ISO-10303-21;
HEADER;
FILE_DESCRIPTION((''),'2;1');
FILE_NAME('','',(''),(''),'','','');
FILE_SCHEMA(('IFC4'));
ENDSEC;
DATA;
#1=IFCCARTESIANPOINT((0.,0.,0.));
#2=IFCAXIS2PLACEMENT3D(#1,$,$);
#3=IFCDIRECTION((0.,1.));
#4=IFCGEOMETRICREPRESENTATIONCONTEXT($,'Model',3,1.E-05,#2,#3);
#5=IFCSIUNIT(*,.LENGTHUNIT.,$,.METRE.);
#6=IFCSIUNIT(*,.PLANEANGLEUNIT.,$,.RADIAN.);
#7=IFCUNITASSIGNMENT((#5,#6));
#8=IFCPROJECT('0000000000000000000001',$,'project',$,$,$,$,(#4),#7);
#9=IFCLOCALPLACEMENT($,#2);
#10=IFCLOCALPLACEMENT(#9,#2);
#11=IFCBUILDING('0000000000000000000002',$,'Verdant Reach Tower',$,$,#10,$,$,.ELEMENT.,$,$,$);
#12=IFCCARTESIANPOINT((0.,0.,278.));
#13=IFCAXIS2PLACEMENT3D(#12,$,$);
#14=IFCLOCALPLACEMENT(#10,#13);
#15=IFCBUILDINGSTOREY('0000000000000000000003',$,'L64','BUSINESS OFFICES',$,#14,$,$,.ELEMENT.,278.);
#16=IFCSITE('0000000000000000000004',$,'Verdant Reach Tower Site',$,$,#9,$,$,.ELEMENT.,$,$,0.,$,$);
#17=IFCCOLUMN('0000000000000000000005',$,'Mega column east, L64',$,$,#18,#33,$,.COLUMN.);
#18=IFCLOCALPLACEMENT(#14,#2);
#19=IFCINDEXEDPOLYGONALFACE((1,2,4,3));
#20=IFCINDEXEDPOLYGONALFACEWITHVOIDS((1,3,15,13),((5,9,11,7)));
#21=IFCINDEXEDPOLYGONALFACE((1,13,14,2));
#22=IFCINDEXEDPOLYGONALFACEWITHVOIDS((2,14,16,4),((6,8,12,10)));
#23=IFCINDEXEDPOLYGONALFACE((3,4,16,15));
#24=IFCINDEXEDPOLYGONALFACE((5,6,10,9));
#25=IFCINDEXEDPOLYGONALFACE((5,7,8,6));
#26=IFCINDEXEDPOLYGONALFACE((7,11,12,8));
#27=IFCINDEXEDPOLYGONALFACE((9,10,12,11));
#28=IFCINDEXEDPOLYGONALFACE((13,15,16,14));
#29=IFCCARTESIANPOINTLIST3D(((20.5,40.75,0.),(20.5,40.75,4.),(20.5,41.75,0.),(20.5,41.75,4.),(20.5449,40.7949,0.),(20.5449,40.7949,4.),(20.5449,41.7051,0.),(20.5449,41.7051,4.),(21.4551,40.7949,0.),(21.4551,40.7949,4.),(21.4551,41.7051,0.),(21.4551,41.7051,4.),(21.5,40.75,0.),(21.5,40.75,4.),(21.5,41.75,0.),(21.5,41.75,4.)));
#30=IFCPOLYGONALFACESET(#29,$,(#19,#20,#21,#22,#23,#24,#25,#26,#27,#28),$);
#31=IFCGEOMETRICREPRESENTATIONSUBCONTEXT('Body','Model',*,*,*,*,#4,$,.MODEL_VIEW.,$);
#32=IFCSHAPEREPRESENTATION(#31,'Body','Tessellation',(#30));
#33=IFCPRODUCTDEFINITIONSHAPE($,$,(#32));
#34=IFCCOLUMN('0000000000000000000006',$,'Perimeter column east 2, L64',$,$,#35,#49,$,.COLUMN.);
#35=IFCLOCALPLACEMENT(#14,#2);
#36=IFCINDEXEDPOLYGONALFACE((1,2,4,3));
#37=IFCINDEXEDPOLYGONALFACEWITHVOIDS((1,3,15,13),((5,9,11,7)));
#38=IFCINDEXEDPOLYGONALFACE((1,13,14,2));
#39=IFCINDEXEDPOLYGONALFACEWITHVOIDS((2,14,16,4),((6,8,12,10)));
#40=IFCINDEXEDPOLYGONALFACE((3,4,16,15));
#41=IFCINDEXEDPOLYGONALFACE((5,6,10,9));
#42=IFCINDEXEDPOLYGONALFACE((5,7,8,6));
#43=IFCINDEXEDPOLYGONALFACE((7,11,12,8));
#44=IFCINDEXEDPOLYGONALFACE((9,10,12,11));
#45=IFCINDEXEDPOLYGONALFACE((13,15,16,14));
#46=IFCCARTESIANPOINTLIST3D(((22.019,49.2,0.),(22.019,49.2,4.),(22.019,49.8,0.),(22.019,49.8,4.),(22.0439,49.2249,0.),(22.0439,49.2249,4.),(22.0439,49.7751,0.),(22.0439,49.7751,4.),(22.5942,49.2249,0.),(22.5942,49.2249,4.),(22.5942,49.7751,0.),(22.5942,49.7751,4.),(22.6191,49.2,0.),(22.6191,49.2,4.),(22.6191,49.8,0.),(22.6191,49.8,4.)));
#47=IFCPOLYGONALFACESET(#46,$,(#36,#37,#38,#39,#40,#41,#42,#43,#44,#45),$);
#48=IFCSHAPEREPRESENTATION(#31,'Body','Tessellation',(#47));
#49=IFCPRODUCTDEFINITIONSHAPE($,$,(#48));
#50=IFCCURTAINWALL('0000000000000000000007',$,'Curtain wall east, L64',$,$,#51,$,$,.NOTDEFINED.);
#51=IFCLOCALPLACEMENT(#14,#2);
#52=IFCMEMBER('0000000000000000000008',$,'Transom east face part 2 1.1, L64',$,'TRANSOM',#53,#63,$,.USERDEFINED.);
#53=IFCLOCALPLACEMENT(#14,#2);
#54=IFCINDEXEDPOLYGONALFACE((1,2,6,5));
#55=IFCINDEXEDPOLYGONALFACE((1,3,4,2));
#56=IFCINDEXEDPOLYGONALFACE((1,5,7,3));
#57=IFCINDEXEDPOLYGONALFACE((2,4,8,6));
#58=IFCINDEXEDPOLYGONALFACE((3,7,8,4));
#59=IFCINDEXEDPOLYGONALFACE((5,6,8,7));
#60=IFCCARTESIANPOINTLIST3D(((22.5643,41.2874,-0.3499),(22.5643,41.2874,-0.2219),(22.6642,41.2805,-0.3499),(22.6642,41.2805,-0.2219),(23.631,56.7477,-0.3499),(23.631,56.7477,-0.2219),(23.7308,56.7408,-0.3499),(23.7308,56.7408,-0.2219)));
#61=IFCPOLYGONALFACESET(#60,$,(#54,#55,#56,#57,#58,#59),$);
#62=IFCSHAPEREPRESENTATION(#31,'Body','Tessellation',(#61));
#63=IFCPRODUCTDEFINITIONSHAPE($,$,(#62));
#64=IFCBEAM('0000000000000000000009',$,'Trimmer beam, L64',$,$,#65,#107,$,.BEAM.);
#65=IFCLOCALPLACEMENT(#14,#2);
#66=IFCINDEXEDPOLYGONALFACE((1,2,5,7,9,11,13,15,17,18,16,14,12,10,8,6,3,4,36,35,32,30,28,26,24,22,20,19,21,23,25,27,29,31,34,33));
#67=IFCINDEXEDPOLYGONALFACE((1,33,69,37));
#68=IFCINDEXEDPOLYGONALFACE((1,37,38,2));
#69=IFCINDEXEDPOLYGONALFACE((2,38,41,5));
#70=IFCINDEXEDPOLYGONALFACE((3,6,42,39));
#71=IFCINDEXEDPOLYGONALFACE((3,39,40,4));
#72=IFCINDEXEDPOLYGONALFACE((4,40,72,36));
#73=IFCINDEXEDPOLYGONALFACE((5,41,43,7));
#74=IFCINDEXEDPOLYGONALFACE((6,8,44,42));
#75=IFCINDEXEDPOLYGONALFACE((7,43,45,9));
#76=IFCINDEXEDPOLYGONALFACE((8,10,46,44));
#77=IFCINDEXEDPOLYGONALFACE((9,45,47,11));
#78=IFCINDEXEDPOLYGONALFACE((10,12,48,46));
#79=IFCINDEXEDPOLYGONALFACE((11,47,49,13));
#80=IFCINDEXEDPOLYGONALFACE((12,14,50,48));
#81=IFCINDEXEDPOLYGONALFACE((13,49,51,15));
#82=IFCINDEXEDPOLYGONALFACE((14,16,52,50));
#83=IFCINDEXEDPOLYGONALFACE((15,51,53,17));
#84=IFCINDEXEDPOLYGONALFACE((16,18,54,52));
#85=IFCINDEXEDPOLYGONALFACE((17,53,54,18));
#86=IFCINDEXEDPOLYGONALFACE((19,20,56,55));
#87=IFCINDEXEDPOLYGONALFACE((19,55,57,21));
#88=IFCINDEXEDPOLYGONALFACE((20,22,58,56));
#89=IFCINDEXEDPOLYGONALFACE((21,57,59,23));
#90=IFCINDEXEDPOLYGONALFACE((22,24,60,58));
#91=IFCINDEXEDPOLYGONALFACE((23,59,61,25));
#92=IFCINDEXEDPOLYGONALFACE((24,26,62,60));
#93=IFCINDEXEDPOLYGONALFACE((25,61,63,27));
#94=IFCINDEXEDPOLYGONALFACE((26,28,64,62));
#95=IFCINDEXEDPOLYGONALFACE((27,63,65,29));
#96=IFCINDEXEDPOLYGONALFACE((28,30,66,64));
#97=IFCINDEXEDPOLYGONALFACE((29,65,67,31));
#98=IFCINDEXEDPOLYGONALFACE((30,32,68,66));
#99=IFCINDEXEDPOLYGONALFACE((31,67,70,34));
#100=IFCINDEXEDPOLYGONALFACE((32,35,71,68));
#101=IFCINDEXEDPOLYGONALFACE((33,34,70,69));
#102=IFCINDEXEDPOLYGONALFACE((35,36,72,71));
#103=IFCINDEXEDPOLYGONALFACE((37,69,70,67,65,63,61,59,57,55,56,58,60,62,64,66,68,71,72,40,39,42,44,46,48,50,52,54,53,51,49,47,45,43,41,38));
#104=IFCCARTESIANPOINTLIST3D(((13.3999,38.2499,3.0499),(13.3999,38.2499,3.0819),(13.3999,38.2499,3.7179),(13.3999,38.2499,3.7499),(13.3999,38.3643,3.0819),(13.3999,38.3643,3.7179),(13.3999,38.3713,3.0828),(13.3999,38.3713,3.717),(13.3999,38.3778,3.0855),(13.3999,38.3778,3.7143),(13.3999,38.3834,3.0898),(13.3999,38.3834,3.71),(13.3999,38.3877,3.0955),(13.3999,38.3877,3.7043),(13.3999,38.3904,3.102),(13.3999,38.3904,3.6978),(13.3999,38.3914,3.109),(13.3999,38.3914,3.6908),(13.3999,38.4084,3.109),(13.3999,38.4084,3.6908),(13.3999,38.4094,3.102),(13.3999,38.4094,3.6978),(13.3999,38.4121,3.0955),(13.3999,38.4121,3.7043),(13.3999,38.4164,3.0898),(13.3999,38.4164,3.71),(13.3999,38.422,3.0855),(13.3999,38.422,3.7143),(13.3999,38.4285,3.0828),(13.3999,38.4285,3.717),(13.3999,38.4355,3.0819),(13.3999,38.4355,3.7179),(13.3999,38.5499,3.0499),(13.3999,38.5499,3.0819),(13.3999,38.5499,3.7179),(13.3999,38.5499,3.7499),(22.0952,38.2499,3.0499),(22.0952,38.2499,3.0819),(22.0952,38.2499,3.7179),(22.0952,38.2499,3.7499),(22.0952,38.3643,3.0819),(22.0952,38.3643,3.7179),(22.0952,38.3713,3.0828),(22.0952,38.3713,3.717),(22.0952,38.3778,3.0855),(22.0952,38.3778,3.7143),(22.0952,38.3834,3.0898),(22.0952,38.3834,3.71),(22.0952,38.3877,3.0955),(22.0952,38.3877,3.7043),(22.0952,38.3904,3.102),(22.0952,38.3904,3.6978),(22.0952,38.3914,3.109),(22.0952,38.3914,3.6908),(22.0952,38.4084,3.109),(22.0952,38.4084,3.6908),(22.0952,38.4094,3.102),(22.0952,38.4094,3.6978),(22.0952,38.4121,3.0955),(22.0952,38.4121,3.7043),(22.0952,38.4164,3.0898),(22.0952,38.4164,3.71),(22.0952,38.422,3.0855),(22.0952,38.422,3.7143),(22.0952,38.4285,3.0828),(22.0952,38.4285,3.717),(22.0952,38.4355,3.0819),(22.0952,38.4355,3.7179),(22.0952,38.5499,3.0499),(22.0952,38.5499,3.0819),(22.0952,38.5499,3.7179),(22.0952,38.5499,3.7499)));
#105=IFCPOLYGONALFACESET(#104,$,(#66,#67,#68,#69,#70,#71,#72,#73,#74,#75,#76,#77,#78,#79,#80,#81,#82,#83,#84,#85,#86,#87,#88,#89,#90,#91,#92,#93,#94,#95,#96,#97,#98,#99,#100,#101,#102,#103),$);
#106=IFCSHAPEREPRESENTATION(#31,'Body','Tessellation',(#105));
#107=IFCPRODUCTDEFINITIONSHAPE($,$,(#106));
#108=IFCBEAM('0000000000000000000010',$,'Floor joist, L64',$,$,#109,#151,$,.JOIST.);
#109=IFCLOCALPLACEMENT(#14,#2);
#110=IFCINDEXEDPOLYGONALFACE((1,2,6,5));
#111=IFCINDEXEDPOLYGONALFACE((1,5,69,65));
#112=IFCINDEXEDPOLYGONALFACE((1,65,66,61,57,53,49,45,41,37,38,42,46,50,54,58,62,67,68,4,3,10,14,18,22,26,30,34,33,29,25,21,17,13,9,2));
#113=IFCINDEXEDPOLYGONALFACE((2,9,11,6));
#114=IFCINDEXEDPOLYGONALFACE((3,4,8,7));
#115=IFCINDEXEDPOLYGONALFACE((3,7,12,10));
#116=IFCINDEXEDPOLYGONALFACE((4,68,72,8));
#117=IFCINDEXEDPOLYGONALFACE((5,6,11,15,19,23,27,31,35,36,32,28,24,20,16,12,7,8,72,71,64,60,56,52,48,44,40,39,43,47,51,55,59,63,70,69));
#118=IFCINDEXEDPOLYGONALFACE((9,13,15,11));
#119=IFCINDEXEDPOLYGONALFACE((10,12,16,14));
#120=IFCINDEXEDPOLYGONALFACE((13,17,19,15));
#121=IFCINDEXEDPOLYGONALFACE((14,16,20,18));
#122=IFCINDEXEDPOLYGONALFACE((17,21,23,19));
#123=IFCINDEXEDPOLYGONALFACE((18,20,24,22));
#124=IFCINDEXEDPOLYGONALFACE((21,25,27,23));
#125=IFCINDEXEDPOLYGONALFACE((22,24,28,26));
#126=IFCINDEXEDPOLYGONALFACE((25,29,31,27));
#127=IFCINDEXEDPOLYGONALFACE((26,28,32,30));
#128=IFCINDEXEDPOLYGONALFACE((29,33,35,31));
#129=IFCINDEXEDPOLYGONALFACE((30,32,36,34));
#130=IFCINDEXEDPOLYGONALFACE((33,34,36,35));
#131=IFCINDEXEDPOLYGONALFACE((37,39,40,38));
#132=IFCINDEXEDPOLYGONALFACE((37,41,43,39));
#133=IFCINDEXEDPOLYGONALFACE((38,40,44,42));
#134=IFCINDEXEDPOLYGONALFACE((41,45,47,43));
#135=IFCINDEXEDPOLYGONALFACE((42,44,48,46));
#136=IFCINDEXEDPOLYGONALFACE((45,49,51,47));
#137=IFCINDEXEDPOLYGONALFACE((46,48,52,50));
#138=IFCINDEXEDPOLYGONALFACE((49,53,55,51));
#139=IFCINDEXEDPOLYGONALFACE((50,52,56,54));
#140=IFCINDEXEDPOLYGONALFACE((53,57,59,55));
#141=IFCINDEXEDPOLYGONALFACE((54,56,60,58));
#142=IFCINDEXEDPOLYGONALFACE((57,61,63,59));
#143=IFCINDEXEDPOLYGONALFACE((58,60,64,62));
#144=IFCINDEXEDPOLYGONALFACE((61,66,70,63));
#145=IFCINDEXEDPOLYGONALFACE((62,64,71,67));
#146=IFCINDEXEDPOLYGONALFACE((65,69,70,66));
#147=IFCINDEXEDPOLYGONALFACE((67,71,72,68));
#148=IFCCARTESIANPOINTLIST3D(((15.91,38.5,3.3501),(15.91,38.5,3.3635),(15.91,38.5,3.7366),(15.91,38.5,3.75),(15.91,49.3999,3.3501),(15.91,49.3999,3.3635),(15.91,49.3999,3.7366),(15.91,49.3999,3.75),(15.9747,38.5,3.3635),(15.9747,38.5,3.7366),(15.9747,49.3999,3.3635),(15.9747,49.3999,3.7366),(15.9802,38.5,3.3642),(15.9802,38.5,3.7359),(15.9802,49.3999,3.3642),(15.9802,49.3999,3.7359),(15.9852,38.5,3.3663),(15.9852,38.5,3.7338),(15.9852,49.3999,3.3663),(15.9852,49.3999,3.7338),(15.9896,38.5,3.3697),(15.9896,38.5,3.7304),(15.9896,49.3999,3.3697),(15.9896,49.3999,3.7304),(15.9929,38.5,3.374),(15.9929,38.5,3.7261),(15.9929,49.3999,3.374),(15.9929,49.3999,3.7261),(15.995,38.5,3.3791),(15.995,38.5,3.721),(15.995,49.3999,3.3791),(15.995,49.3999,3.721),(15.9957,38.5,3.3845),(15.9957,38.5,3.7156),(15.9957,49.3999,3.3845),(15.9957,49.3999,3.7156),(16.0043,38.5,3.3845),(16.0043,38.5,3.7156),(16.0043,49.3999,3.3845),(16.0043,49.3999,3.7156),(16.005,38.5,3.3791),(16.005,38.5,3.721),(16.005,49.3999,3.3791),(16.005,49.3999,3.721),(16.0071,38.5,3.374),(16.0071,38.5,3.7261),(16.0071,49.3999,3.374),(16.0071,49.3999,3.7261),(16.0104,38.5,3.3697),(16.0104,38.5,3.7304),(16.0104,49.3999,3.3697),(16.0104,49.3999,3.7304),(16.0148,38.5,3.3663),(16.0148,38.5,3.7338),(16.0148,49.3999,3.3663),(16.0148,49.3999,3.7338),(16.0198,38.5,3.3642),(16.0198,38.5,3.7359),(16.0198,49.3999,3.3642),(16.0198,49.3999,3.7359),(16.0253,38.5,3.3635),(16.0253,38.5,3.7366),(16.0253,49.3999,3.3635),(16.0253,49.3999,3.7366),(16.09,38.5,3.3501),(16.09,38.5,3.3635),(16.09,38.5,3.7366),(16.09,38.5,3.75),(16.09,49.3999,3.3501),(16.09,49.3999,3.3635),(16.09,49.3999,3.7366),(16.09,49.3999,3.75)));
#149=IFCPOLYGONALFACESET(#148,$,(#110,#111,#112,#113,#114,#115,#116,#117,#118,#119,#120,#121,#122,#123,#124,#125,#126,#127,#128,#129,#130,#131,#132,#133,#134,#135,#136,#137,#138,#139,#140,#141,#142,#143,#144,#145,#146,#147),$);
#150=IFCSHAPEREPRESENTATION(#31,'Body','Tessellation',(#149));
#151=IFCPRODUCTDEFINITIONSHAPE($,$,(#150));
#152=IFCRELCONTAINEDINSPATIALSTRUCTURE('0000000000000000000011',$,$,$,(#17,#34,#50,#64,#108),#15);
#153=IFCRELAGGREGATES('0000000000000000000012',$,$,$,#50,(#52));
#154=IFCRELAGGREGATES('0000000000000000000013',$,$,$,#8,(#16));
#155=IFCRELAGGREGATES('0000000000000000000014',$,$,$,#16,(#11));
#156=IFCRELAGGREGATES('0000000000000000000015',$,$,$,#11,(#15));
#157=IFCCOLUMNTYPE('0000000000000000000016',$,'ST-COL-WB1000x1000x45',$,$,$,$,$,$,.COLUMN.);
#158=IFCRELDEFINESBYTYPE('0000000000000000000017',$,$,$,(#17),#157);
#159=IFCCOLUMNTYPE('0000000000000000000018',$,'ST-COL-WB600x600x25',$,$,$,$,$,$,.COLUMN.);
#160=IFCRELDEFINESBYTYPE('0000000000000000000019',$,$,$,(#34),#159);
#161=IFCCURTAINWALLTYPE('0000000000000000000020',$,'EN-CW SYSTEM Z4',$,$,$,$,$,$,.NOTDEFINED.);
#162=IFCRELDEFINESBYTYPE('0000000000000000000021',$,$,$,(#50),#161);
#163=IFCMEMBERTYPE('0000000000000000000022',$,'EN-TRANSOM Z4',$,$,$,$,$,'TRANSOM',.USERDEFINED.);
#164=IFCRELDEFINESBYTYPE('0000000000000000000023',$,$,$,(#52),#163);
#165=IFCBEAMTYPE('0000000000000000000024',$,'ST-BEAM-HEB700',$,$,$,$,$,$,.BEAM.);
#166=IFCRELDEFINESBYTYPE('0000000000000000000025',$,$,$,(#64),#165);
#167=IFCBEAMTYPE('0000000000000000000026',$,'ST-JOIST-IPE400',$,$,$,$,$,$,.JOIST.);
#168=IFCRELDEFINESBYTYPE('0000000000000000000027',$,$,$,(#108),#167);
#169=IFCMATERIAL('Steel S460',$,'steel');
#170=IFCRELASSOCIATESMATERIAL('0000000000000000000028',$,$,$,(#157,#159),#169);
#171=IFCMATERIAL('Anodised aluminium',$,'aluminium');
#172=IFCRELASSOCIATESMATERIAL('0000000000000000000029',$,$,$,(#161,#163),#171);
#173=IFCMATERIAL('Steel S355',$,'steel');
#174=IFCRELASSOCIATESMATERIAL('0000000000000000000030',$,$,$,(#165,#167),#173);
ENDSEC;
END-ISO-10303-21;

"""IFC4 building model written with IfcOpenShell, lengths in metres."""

from ifc_helpers import new_model, si_unit, direction, frame, origin, origin_2d, place, context, subcontext, project, spatial, rectangle, hollow_rectangle, i_section, extrude, material, material_profile, profile_set, type_object, element, aggregate, save


model = new_model("IFC4")

# Units and contexts
model_context = context("Model", 3, precision=1e-05, world=origin(), true_north=direction((0.0, 1.0)))
body_context = subcontext(model_context, "Body", "Model", "MODEL_VIEW")
ifc_project = project(units=[si_unit("LENGTHUNIT", "METRE"), si_unit("PLANEANGLEUNIT", "RADIAN")], contexts=[model_context])

# Site, building, storey
site_placement = place(None, origin())
site = spatial("IfcSite", under=ifc_project, at=site_placement, Name="Verdant Reach Tower Site", CompositionType="ELEMENT", RefElevation=0.0)
building_placement = place(site_placement, origin())
building = spatial("IfcBuilding", under=site, at=building_placement, Name="Verdant Reach Tower", CompositionType="ELEMENT")
storey_placement = place(building_placement, frame((0.0, 0.0, 278.0)))
storey = spatial("IfcBuildingStorey", under=building, at=storey_placement, Name="L64", Description="BUSINESS OFFICES", CompositionType="ELEMENT", Elevation=278.0)

# Columns
ifc_material_1 = material(Name="Steel S460", Category="steel")
ifc_material_profile_1 = material_profile(ifc_material_1, hollow_rectangle(XDim=1.0, YDim=1.0, WallThickness=0.0449, at=origin_2d()), Name="WB 1000x1000x45")
ifc_profile_set_1 = profile_set([ifc_material_profile_1], Name="Steel S460")
column_type_1 = type_object("IfcColumnType", Name="ST-COL-WB1000x1000x45", PredefinedType="COLUMN", material=ifc_profile_set_1)
column_1_placement = place(storey_placement, frame((21.0, 41.25, 0.0), z_axis=(0.0, 0.0, 1.0), x_axis=(1.0, 0.0, 0.0)))
element("IfcColumn", 1, at=column_1_placement, inside=storey, type_object=column_type_1, Name="Mega column east, L64", PredefinedType="COLUMN", context=body_context, shape_type="SweptSolid", body=[
    extrude(hollow_rectangle(XDim=1.0, YDim=1.0, WallThickness=0.0449, at=origin_2d()), origin(), (0.0, 0.0, 1.0), 4.0),
])
ifc_material_profile_2 = material_profile(ifc_material_1, hollow_rectangle(XDim=0.6001, YDim=0.6001, WallThickness=0.0249, at=origin_2d()), Name="WB 600x600x25")
ifc_profile_set_2 = profile_set([ifc_material_profile_2], Name="Steel S460")
column_type_2 = type_object("IfcColumnType", Name="ST-COL-WB600x600x25", PredefinedType="COLUMN", material=ifc_profile_set_2)
column_2_placement = place(storey_placement, frame((22.3191, 49.5, 0.0), z_axis=(0.0, 0.0, 1.0), x_axis=(1.0, 0.0, 0.0)))
element("IfcColumn", 2, at=column_2_placement, inside=storey, type_object=column_type_2, Name="Perimeter column east 2, L64", PredefinedType="COLUMN", context=body_context, shape_type="SweptSolid", body=[
    extrude(hollow_rectangle(XDim=0.6001, YDim=0.6001, WallThickness=0.0249, at=origin_2d()), origin(), (0.0, 0.0, 1.0), 4.0),
])

# Curtain wall, member
ifc_material_2 = material(Name="Anodised aluminium", Category="aluminium")
curtain_wall_type = type_object("IfcCurtainWallType", Name="EN-CW SYSTEM Z4", PredefinedType="NOTDEFINED", material=ifc_material_2)
curtain_wall_placement = place(storey_placement, origin())
curtain_wall = element("IfcCurtainWall", 3, at=curtain_wall_placement, inside=storey, type_object=curtain_wall_type, Name="Curtain wall east, L64", PredefinedType="NOTDEFINED")
ifc_material_profile_3 = material_profile(ifc_material_2, rectangle(XDim=0.1001, YDim=0.1279, at=origin_2d()), Name="Transom 128x100")
ifc_profile_set_3 = profile_set([ifc_material_profile_3], Name="Anodised aluminium")
member_type = type_object("IfcMemberType", Name="EN-TRANSOM Z4", ElementType="TRANSOM", PredefinedType="USERDEFINED", material=ifc_profile_set_3)
member_placement = place(storey_placement, frame((22.6143, 41.2839, -0.2859), z_axis=(0.06883, 0.997628, 0.0), x_axis=(-0.997628, 0.06883, 0.0)))
member = element("IfcMember", 4, at=member_placement, type_object=member_type, Name="Transom east face part 2 1.1, L64", ObjectType="TRANSOM", PredefinedType="USERDEFINED", context=body_context, shape_type="SweptSolid", body=[
    extrude(rectangle(XDim=0.1001, YDim=0.1279, at=origin_2d()), origin(), (0.0, 0.0, 1.0), 15.4971),
])

# Beams
ifc_material_3 = material(Name="Steel S355", Category="steel")
ifc_material_profile_4 = material_profile(ifc_material_3, i_section(OverallWidth=0.3, OverallDepth=0.7, WebThickness=0.0171, FlangeThickness=0.032, FilletRadius=0.0271, at=origin_2d()), Name="HEB 700")
ifc_profile_set_4 = profile_set([ifc_material_profile_4], Name="Steel S355")
beam_type_1 = type_object("IfcBeamType", Name="ST-BEAM-HEB700", PredefinedType="BEAM", material=ifc_profile_set_4)
beam_1_placement = place(storey_placement, frame((13.3999, 38.3999, 3.3999), z_axis=(1.0, 0.0, 0.0), x_axis=(0.0, 1.0, 0.0)))
element("IfcBeam", 5, at=beam_1_placement, inside=storey, type_object=beam_type_1, Name="Trimmer beam, L64", PredefinedType="BEAM", context=body_context, shape_type="SweptSolid", body=[
    extrude(i_section(OverallWidth=0.3, OverallDepth=0.7, WebThickness=0.0171, FlangeThickness=0.032, FilletRadius=0.0271, at=origin_2d()), origin(), (0.0, 0.0, 1.0), 8.6953),
])
ifc_material_profile_5 = material_profile(ifc_material_3, i_section(OverallWidth=0.1799, OverallDepth=0.3999, WebThickness=0.0085, FlangeThickness=0.0134, FilletRadius=0.021, at=origin_2d()), Name="IPE 400")
ifc_profile_set_5 = profile_set([ifc_material_profile_5], Name="Steel S355")
beam_type_2 = type_object("IfcBeamType", Name="ST-JOIST-IPE400", PredefinedType="JOIST", material=ifc_profile_set_5)
for number, where, z_axis, x_axis, name in (
    (6, (16.0, 38.5, 3.55), (0.0, 1.0, 0.0), (-1.0, 0.0, 0.0), "Floor joist, L64"),
):
    element("IfcBeam", number, at=place(storey_placement, frame(where, z_axis=z_axis, x_axis=x_axis)), inside=storey, type_object=beam_type_2, Name=name, PredefinedType="JOIST", context=body_context, shape_type="SweptSolid", body=[
        extrude(i_section(OverallWidth=0.1799, OverallDepth=0.3999, WebThickness=0.0085, FlangeThickness=0.0134, FilletRadius=0.021, at=origin_2d()), origin(), (0.0, 0.0, 1.0), 10.8999),
    ])

aggregate(curtain_wall, [member])

save(model, "model.ifc")
